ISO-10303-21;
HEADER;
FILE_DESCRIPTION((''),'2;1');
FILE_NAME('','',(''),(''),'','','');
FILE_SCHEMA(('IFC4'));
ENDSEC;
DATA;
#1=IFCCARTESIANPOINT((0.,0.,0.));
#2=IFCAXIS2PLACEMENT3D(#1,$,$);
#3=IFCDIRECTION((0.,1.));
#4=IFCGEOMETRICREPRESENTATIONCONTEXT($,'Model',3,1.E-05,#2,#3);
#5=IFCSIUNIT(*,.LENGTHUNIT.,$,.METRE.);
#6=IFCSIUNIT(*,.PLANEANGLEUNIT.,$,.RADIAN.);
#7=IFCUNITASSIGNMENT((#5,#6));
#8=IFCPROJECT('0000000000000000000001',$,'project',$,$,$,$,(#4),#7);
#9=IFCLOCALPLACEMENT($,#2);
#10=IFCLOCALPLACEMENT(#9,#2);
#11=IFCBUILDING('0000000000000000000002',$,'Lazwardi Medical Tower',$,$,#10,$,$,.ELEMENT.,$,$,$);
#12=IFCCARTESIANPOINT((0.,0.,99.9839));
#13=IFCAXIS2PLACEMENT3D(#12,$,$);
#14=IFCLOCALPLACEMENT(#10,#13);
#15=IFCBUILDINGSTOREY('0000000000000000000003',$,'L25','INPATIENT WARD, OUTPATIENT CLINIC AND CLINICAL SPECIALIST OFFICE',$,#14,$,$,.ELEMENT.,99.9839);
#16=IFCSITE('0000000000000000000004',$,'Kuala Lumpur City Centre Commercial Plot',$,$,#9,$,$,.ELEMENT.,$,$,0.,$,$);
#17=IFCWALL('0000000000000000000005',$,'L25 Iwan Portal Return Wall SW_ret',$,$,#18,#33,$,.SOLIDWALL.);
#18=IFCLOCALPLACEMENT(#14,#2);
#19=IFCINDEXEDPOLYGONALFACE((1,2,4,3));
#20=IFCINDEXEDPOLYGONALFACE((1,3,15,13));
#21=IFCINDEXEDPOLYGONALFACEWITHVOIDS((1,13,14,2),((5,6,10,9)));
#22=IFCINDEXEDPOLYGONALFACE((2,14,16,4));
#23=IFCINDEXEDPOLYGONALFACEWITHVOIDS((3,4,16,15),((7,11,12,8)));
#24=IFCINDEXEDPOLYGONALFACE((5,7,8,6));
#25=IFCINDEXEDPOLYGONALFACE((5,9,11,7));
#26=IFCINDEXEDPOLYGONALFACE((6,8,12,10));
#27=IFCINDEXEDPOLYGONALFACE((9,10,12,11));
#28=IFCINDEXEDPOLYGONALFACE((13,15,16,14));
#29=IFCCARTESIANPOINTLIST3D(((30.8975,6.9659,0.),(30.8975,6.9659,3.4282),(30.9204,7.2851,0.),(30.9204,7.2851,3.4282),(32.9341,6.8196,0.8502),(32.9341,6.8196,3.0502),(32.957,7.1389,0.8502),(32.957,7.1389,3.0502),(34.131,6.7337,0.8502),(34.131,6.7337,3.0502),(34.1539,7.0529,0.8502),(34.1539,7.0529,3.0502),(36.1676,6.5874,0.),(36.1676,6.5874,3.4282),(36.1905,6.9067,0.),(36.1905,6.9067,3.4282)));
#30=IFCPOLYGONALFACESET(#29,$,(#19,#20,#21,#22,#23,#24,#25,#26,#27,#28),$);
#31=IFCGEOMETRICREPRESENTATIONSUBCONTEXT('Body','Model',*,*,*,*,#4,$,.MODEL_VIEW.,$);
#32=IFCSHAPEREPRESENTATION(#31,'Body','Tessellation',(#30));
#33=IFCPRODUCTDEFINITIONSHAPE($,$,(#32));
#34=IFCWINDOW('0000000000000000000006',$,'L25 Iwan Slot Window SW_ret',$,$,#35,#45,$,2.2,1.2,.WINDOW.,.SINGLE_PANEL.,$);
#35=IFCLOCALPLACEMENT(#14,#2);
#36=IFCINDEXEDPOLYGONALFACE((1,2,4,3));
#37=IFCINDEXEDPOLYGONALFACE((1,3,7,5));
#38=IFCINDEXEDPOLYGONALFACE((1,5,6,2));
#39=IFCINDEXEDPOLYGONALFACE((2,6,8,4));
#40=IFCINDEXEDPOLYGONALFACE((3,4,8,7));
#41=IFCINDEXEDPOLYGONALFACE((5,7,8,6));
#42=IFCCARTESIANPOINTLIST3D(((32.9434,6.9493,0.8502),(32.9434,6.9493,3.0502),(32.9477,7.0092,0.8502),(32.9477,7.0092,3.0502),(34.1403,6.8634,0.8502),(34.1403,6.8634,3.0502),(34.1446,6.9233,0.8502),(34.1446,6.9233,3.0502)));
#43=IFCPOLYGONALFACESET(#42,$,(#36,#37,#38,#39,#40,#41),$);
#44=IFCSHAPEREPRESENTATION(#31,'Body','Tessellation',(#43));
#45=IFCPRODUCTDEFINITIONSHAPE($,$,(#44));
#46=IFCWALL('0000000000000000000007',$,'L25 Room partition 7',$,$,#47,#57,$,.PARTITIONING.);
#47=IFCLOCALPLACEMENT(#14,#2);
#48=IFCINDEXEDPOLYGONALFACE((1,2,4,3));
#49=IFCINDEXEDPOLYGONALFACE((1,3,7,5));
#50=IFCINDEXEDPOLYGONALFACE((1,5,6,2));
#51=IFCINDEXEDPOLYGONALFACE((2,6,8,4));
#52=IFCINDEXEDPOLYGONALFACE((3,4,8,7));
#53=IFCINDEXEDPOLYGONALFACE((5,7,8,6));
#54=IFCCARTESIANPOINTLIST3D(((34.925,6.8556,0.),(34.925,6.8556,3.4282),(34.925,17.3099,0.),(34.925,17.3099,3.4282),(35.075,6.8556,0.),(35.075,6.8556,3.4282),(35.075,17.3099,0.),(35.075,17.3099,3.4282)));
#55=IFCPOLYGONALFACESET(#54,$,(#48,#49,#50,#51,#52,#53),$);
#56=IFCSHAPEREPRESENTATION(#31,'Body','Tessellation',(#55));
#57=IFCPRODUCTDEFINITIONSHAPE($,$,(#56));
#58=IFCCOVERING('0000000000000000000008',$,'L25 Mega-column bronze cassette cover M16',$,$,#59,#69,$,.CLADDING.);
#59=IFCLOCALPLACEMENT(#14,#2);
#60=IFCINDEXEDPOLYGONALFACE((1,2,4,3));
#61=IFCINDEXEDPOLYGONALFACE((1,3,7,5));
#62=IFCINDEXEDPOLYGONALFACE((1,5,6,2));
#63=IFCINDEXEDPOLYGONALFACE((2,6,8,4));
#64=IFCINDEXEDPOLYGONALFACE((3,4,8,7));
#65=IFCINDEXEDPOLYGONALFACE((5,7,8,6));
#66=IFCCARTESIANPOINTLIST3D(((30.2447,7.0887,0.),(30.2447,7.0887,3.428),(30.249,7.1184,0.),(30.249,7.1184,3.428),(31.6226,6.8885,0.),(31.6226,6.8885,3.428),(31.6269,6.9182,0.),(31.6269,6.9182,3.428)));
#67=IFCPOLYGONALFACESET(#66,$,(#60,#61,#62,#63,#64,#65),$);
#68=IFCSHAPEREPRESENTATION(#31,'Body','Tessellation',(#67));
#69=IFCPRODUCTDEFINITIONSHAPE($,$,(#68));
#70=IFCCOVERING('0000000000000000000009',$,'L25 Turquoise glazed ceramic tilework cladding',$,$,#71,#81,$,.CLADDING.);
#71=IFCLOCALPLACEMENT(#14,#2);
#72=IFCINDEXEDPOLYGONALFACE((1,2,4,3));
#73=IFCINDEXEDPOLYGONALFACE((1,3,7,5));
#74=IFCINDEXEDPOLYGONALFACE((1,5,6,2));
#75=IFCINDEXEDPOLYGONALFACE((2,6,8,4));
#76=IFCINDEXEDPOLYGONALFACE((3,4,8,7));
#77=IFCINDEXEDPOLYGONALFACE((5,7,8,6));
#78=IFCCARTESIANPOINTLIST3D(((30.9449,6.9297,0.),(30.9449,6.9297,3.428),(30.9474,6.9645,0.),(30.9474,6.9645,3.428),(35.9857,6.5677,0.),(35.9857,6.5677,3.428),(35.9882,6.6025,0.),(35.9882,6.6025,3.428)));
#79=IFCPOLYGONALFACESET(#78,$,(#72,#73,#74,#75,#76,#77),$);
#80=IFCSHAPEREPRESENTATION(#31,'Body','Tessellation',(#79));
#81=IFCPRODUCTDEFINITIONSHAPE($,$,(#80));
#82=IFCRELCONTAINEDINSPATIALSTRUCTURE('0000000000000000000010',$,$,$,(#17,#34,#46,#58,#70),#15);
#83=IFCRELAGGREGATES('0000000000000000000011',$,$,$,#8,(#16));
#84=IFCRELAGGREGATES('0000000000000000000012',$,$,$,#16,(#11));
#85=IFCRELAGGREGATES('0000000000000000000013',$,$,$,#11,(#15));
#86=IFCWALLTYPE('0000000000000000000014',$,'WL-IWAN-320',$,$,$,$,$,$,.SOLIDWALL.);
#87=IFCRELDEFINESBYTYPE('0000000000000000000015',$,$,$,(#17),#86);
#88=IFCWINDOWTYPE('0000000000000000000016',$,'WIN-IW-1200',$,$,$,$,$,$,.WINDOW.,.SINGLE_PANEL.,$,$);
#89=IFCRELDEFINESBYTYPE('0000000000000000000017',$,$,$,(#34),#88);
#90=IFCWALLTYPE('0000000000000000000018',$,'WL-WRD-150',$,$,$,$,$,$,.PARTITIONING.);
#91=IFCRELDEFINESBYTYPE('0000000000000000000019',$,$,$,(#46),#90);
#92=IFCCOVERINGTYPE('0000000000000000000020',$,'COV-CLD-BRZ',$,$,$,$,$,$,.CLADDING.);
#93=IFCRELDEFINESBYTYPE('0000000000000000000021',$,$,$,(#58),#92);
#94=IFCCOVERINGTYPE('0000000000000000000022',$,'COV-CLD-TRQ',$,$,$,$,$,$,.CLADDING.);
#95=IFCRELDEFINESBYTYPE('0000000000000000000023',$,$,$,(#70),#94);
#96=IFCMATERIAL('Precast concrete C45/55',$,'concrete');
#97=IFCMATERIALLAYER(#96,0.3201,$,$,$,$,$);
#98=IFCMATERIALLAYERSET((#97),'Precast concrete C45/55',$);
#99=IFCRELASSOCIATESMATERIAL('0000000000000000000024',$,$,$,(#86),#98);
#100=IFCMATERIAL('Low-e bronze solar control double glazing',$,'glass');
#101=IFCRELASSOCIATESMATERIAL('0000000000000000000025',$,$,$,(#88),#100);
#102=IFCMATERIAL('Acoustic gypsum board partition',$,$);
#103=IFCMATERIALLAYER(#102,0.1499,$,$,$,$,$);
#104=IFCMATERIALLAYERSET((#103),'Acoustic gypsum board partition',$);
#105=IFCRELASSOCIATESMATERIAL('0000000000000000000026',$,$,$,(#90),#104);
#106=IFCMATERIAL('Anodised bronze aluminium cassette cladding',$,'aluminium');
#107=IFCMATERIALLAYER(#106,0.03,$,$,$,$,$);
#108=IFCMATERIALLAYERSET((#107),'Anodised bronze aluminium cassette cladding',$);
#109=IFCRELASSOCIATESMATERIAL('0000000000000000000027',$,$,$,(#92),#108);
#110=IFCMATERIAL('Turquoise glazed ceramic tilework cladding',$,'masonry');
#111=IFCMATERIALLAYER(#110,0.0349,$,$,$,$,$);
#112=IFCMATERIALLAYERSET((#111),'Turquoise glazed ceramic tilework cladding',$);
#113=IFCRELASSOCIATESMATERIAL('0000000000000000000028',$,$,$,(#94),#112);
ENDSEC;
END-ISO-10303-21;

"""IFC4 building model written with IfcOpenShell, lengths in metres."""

from ifc_helpers import new_model, si_unit, direction, frame, frame_2d, origin, origin_2d, place, context, subcontext, project, spatial, rectangle, extrude, material, layer, layer_set, type_object, element, fill, save


model = new_model("IFC4")

# Units and contexts
model_context = context("Model", 3, precision=1e-05, world=origin(), true_north=direction((0.0, 1.0)))
body_context = subcontext(model_context, "Body", "Model", "MODEL_VIEW")
ifc_project = project(units=[si_unit("LENGTHUNIT", "METRE"), si_unit("PLANEANGLEUNIT", "RADIAN")], contexts=[model_context])

# Site, building, storey
site_placement = place(None, origin())
site = spatial("IfcSite", under=ifc_project, at=site_placement, Name="Kuala Lumpur City Centre Commercial Plot", CompositionType="ELEMENT", RefElevation=0.0)
building_placement = place(site_placement, origin())
building = spatial("IfcBuilding", under=site, at=building_placement, Name="Lazwardi Medical Tower", CompositionType="ELEMENT")
storey_placement = place(building_placement, frame((0.0, 0.0, 99.9839)))
storey = spatial("IfcBuildingStorey", under=building, at=storey_placement, Name="L25", Description="INPATIENT WARD, OUTPATIENT CLINIC AND CLINICAL SPECIALIST OFFICE", CompositionType="ELEMENT", Elevation=99.9839)

# Shared definitions
ifc_material_1 = material(Name="Low-e bronze solar control double glazing", Category="glass")

# Wall, opening, window
ifc_material_2 = material(Name="Precast concrete C45/55", Category="concrete")
ifc_layer_1 = layer(ifc_material_2, 0.3201)
ifc_layer_set_1 = layer_set([ifc_layer_1], Name="Precast concrete C45/55")
wall_type_1 = type_object("IfcWallType", Name="WL-IWAN-320", PredefinedType="SOLIDWALL", material=ifc_layer_set_1)
wall_1_placement = place(storey_placement, frame((30.9089, 7.1255, 0.0), z_axis=(0.0, 0.0, 1.0), x_axis=(0.997432, -0.071621, 0.0)))
wall_1 = element("IfcWall", 1, at=wall_1_placement, inside=storey, type_object=wall_type_1, Name="L25 Iwan Portal Return Wall SW_ret", PredefinedType="SOLIDWALL", context=body_context, shape_type="SweptSolid", body=[
    extrude(rectangle(XDim=5.2837, YDim=0.3201, at=frame_2d((2.6418, 0.0))), origin(), (0.0, 0.0, 1.0), 3.4282),
])
opening_1_placement = place(wall_1_placement, frame((2.0417, 0.0, 0.8501)))
opening_1 = element("IfcOpeningElement", 2, at=opening_1_placement, cuts=wall_1, PredefinedType="OPENING", context=body_context, shape_type="SweptSolid", body=[
    extrude(rectangle(XDim=1.2, YDim=2.2, at=frame_2d((0.6001, 1.1001))), frame((0.0, 0.1699, 0.0), z_axis=(0.0, -1.0, 0.0), x_axis=(1.0, 0.0, 0.0)), (0.0, 0.0, 1.0), 0.3401),
])
window_type_1 = type_object("IfcWindowType", Name="WIN-IW-1200", PartitioningType="SINGLE_PANEL", PredefinedType="WINDOW", material=ifc_material_1)
window_1_placement = place(opening_1_placement, origin())
window_1 = element("IfcWindow", 3, at=window_1_placement, inside=storey, type_object=window_type_1, Name="L25 Iwan Slot Window SW_ret", OverallHeight=2.2, OverallWidth=1.2, PartitioningType="SINGLE_PANEL", PredefinedType="WINDOW", context=body_context, shape_type="SweptSolid", body=[
    extrude(rectangle(XDim=1.2, YDim=2.2, at=frame_2d((0.6001, 1.1001))), frame((0.0, 0.03, 0.0), z_axis=(0.0, -1.0, 0.0), x_axis=(1.0, 0.0, 0.0)), (0.0, 0.0, 1.0), 0.0601),
])
fill(opening_1, window_1)

# Wall
ifc_material_3 = material(Name="Acoustic gypsum board partition")
ifc_layer_2 = layer(ifc_material_3, 0.1499)
ifc_layer_set_2 = layer_set([ifc_layer_2], Name="Acoustic gypsum board partition")
wall_type_2 = type_object("IfcWallType", Name="WL-WRD-150", PredefinedType="PARTITIONING", material=ifc_layer_set_2)
wall_2_placement = place(storey_placement, frame((35.0, 6.8557, 0.0), z_axis=(0.0, 0.0, 1.0), x_axis=(0.0, 1.0, 0.0)))
element("IfcWall", 4, at=wall_2_placement, inside=storey, type_object=wall_type_2, Name="L25 Room partition 7", PredefinedType="PARTITIONING", context=body_context, shape_type="SweptSolid", body=[
    extrude(rectangle(XDim=10.4543, YDim=0.1499, at=frame_2d((5.2271, 0.0))), origin(), (0.0, 0.0, 1.0), 3.4282),
])

# Coverings
ifc_material_4 = material(Name="Anodised bronze aluminium cassette cladding", Category="aluminium")
ifc_layer_3 = layer(ifc_material_4, 0.03)
ifc_layer_set_3 = layer_set([ifc_layer_3], Name="Anodised bronze aluminium cassette cladding")
covering_type_1 = type_object("IfcCoveringType", Name="COV-CLD-BRZ", PredefinedType="CLADDING", material=ifc_layer_set_3)
covering_1_placement = place(storey_placement, frame((30.9358, 7.0034, 0.0), z_axis=(0.0, 0.0, 1.0), x_axis=(0.989609, -0.143785, 0.0)))
element("IfcCovering", 5, at=covering_1_placement, inside=storey, type_object=covering_type_1, Name="L25 Mega-column bronze cassette cover M16", PredefinedType="CLADDING", context=body_context, shape_type="SweptSolid", body=[
    extrude(rectangle(XDim=1.3923, YDim=0.03, at=origin_2d()), origin(), (0.0, 0.0, 1.0), 3.428),
])
ifc_material_5 = material(Name="Turquoise glazed ceramic tilework cladding", Category="masonry")
ifc_layer_4 = layer(ifc_material_5, 0.0349)
ifc_layer_set_4 = layer_set([ifc_layer_4], Name="Turquoise glazed ceramic tilework cladding")
covering_type_2 = type_object("IfcCoveringType", Name="COV-CLD-TRQ", PredefinedType="CLADDING", material=ifc_layer_set_4)
covering_2_placement = place(storey_placement, frame((33.4666, 6.7661, 0.0), z_axis=(0.0, 0.0, 1.0), x_axis=(0.997431, -0.071631, 0.0)))
element("IfcCovering", 6, at=covering_2_placement, inside=storey, type_object=covering_type_2, Name="L25 Turquoise glazed ceramic tilework cladding", PredefinedType="CLADDING", context=body_context, shape_type="SweptSolid", body=[
    extrude(rectangle(XDim=5.0537, YDim=0.0349, at=origin_2d()), origin(), (0.0, 0.0, 1.0), 3.428),
])

save(model, "model.ifc")
